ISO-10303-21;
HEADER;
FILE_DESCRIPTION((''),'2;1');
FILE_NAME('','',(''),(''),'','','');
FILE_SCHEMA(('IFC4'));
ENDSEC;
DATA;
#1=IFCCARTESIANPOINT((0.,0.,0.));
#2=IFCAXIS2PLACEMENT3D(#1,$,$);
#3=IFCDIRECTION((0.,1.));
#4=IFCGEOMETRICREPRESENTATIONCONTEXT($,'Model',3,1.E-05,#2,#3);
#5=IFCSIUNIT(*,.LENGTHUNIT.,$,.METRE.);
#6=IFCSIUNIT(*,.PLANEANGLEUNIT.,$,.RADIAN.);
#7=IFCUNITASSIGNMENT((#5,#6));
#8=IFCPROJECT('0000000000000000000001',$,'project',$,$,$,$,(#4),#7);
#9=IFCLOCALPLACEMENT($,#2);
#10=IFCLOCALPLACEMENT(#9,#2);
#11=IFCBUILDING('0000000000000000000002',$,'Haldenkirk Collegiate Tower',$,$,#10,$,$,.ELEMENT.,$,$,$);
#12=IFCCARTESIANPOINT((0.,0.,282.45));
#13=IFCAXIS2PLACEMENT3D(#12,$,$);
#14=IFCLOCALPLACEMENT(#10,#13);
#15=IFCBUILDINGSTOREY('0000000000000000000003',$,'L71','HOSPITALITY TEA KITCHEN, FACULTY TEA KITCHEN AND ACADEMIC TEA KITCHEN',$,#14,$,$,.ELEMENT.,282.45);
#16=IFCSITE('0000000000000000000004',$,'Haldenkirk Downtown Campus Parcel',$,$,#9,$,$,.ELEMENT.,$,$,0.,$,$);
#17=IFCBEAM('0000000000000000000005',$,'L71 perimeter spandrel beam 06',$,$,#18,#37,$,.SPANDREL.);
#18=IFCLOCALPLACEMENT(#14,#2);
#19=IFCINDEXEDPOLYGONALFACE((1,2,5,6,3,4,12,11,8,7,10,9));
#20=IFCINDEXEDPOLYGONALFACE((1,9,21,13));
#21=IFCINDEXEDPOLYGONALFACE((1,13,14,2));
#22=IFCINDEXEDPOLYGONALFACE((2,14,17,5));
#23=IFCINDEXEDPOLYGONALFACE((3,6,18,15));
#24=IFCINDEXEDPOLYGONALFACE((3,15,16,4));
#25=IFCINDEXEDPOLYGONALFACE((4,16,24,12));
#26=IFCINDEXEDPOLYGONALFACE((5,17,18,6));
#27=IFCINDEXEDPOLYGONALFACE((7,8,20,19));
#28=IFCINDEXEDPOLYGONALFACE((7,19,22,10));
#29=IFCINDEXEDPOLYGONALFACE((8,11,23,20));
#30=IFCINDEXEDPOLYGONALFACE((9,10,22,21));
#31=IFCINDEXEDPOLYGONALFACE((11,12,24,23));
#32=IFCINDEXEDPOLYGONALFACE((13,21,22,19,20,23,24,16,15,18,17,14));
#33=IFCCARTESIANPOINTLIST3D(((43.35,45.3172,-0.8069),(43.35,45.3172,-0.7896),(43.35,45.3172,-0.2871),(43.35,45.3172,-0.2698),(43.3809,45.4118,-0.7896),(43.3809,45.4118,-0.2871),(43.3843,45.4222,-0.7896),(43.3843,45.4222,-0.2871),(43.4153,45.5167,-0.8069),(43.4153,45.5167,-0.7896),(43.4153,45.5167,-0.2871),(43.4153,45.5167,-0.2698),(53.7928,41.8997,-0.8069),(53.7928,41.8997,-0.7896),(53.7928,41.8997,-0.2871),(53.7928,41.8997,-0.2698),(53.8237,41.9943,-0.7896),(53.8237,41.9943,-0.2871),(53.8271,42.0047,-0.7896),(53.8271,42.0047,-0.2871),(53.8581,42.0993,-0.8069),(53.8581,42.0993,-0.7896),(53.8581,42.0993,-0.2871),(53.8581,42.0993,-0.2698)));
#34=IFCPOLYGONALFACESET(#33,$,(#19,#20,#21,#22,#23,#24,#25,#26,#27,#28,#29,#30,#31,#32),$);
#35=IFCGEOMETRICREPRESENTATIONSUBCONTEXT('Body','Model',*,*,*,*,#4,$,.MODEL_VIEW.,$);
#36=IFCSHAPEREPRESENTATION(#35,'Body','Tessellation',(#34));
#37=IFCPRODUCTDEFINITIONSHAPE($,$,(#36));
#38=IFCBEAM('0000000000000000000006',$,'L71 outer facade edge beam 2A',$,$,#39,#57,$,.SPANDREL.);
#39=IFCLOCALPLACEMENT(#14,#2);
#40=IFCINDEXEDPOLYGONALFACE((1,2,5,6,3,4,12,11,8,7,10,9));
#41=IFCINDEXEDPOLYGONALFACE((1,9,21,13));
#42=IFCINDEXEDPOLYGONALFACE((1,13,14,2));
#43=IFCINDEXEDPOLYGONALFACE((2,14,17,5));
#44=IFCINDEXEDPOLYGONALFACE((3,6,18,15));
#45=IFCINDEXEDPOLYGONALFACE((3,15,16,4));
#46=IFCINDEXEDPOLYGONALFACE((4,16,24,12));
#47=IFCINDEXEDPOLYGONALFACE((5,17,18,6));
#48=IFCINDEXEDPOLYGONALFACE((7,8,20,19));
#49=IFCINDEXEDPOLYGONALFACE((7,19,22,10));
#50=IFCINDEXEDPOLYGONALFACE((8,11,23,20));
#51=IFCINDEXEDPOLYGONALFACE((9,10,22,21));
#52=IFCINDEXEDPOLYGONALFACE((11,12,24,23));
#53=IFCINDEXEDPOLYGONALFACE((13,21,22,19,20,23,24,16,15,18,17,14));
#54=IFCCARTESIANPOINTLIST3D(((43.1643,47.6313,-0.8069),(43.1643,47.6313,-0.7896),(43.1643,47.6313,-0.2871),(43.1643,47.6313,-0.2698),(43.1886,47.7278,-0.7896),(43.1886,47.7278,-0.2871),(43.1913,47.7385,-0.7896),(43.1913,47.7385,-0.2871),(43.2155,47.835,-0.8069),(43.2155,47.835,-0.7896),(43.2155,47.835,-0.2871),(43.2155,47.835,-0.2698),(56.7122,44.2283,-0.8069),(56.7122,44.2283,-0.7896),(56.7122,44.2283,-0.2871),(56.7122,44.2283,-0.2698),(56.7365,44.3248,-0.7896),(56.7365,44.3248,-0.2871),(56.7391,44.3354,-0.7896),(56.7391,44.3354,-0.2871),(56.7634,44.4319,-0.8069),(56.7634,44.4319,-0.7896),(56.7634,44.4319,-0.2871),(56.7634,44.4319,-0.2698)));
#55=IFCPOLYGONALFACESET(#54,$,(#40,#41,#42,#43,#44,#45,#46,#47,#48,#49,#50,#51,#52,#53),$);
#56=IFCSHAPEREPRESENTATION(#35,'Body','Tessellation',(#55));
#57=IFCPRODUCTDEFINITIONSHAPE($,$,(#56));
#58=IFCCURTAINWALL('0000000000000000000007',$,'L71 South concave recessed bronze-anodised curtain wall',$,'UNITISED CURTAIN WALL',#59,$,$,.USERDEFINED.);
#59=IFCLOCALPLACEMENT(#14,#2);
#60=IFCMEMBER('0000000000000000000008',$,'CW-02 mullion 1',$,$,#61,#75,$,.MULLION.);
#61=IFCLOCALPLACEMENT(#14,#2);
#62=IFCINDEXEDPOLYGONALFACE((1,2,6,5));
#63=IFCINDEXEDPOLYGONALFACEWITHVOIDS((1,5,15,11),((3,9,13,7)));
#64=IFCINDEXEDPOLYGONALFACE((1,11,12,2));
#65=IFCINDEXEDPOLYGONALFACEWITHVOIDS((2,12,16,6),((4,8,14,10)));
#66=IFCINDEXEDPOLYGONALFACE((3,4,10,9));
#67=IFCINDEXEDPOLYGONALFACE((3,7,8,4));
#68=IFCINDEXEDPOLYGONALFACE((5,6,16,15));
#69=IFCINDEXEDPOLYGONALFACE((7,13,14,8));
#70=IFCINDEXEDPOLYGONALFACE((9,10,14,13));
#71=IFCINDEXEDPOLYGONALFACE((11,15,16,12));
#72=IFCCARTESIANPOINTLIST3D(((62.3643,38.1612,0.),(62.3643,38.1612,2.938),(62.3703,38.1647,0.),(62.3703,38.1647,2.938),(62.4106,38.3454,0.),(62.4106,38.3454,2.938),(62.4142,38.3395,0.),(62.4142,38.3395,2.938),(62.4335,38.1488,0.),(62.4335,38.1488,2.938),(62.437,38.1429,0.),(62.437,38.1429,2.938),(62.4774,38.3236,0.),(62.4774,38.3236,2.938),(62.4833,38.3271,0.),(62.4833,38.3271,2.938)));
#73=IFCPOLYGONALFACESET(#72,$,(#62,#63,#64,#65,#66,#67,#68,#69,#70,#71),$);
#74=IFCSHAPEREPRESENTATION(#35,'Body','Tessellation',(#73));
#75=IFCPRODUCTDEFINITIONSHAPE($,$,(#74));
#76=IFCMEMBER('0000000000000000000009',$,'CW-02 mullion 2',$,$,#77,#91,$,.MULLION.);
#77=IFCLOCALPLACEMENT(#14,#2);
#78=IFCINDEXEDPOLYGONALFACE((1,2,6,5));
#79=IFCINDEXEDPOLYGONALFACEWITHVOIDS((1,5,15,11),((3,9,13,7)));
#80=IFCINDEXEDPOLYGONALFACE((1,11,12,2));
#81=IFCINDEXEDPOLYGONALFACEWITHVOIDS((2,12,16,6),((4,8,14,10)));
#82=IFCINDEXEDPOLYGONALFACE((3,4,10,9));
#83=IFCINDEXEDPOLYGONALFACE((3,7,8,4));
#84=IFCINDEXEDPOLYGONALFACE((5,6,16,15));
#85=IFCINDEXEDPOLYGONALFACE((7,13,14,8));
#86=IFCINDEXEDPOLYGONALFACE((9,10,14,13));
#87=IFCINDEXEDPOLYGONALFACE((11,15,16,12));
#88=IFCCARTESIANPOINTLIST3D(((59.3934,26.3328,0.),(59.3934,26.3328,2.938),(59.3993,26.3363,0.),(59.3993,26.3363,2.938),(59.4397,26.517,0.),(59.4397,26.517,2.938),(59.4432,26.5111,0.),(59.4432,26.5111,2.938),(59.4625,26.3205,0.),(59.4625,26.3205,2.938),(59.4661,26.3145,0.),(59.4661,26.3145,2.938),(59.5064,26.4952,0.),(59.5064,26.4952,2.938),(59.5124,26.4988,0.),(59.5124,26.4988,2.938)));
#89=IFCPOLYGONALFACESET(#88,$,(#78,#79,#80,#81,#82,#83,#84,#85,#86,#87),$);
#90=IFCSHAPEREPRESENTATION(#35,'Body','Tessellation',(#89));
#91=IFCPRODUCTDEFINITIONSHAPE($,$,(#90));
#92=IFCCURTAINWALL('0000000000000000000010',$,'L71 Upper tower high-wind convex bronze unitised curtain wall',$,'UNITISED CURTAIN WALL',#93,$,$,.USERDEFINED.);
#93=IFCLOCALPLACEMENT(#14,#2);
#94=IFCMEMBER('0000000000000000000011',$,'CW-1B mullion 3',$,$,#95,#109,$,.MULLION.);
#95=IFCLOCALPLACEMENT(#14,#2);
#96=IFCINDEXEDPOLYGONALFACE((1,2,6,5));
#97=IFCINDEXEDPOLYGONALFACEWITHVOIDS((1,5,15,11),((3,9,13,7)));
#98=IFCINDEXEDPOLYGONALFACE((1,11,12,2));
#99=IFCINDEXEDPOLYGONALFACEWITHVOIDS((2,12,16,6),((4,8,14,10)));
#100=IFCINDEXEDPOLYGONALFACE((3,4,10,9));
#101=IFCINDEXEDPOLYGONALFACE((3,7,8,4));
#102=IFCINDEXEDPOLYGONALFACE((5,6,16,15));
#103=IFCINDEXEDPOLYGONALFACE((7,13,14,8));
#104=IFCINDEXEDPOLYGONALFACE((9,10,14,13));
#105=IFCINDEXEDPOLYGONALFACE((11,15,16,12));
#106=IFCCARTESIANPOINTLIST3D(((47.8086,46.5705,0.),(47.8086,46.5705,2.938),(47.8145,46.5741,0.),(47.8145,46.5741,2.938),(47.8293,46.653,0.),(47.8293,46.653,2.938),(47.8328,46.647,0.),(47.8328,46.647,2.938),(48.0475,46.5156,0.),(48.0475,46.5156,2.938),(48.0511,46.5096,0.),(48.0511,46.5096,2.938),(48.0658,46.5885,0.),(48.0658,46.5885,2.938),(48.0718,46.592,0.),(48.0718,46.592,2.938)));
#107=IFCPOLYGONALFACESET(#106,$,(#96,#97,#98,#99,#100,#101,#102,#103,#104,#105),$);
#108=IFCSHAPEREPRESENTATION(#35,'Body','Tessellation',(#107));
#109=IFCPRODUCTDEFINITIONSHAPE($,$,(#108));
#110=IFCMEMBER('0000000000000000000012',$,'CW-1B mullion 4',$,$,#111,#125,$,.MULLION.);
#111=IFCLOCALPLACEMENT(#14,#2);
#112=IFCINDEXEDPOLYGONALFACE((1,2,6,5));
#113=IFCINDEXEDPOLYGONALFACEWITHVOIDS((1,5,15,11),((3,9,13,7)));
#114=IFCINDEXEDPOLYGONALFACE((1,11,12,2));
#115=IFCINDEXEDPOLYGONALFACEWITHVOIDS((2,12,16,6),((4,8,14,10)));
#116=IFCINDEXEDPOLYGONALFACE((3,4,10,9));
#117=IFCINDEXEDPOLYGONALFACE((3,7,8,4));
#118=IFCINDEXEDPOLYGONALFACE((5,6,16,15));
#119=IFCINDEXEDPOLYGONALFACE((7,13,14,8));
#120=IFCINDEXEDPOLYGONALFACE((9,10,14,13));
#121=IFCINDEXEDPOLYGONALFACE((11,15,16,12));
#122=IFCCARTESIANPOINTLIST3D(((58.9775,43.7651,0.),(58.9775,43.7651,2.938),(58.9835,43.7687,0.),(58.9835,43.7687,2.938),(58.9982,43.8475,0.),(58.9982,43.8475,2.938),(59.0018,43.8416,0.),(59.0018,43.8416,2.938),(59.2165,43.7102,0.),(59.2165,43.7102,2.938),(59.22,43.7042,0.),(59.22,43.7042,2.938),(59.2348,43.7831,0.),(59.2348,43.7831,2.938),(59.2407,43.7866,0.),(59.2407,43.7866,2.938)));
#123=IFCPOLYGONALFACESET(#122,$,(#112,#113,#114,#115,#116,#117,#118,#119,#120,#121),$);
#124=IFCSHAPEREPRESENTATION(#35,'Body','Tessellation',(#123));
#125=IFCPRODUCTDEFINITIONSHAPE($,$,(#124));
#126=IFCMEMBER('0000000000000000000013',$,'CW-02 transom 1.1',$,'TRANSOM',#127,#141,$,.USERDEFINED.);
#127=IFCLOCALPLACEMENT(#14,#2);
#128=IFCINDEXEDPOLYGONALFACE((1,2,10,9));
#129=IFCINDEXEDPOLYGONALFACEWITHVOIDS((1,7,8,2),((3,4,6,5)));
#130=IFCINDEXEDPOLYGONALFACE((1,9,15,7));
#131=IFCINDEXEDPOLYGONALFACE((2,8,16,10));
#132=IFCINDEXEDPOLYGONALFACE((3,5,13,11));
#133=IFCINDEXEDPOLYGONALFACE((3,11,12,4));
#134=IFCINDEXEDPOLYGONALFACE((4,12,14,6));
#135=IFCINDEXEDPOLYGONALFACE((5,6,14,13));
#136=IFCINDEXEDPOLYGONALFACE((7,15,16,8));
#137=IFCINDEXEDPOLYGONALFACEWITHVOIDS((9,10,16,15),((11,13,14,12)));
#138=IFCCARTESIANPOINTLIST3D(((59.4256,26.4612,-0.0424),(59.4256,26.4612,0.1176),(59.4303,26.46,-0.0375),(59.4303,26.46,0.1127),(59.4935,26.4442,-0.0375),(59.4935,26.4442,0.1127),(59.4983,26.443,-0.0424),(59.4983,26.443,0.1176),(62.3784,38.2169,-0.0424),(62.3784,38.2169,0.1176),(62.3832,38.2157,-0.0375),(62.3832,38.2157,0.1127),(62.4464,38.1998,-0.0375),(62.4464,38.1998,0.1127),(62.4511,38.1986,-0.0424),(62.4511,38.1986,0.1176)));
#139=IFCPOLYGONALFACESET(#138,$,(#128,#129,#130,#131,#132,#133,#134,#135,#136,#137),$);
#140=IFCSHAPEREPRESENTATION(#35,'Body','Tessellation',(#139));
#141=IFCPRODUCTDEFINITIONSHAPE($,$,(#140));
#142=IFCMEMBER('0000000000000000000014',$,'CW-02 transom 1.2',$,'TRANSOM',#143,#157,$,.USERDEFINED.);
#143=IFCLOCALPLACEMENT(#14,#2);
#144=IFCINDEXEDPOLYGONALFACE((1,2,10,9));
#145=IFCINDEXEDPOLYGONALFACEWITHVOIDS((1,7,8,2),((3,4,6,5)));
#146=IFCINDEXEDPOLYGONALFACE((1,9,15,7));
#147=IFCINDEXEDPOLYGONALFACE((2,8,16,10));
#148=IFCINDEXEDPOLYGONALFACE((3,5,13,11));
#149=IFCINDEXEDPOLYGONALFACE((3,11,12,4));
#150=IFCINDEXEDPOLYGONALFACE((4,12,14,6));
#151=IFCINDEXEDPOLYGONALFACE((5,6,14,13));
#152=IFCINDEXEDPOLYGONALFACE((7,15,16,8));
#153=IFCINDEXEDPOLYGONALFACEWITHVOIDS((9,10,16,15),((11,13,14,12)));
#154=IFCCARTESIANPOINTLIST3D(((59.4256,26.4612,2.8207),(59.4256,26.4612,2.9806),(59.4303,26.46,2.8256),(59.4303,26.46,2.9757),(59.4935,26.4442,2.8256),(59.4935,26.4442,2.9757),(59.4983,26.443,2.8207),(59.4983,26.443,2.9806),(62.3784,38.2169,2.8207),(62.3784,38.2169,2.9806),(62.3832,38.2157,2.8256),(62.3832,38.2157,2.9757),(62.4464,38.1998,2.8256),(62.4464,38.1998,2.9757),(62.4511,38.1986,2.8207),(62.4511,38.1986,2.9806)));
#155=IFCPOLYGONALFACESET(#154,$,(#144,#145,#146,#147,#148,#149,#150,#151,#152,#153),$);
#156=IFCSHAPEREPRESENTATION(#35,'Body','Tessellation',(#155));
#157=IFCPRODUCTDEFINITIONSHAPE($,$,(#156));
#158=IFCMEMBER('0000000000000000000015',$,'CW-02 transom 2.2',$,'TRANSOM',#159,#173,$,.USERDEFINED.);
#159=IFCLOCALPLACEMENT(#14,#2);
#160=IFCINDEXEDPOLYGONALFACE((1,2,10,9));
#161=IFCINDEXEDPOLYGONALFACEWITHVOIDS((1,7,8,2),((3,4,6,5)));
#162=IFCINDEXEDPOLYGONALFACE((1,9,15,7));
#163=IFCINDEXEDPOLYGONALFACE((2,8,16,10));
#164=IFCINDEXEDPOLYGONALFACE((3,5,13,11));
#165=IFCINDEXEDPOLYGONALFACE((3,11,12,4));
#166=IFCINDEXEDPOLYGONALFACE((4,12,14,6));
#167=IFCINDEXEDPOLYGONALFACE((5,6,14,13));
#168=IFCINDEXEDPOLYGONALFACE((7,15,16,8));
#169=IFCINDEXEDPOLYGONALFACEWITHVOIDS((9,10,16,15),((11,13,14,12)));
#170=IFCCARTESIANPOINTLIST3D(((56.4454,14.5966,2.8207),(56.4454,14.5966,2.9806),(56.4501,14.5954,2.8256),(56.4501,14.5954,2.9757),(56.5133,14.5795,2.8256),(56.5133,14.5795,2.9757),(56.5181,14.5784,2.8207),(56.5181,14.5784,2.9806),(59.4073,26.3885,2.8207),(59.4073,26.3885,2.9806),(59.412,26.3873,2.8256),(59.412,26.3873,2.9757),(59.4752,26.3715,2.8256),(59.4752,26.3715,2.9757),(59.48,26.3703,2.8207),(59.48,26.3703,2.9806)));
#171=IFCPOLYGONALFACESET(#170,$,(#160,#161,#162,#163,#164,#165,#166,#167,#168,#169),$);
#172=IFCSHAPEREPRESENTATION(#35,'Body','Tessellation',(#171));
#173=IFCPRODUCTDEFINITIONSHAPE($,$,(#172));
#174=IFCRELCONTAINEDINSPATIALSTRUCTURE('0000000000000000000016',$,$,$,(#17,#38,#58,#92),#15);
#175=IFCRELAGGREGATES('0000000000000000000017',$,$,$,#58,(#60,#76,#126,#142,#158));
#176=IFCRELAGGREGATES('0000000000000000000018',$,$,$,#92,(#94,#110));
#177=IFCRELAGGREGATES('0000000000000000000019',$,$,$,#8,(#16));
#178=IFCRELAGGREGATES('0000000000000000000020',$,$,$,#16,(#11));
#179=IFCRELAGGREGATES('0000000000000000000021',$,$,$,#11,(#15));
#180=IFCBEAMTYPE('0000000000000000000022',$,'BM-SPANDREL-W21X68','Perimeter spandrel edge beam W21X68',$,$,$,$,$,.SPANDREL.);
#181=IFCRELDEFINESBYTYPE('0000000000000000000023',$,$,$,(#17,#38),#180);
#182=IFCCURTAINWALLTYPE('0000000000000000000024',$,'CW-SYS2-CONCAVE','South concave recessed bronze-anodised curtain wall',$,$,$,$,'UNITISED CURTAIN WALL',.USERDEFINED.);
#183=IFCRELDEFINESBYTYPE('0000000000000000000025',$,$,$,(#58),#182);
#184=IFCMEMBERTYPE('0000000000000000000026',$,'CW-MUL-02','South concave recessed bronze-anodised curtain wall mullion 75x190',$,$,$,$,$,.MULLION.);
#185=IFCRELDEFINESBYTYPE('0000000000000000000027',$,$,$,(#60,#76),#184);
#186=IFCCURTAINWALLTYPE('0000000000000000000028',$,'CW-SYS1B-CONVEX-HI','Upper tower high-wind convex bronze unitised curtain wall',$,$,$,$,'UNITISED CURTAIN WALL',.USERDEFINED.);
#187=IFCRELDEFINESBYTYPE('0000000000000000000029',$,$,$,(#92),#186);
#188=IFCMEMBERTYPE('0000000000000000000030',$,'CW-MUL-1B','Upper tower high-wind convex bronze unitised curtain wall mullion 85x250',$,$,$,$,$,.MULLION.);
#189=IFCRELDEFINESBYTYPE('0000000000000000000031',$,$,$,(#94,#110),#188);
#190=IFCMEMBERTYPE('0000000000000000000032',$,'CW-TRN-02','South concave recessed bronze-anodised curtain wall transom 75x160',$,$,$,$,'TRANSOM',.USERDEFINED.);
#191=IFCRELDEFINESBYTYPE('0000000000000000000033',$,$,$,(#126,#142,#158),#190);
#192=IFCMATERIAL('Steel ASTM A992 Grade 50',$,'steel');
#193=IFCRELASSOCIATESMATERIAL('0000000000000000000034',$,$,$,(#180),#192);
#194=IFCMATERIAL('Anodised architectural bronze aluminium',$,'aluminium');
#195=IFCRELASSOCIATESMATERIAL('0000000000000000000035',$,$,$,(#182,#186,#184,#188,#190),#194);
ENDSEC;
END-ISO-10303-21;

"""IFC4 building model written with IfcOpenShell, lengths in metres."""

from ifc_helpers import new_model, si_unit, direction, frame, origin, origin_2d, place, context, subcontext, project, spatial, hollow_rectangle, i_section, extrude, material, material_profile, profile_set, type_object, element, aggregate, save


model = new_model("IFC4")

# Units and contexts
model_context = context("Model", 3, precision=1e-05, world=origin(), true_north=direction((0.0, 1.0)))
body_context = subcontext(model_context, "Body", "Model", "MODEL_VIEW")
ifc_project = project(units=[si_unit("LENGTHUNIT", "METRE"), si_unit("PLANEANGLEUNIT", "RADIAN")], contexts=[model_context])

# Site, building, storey
site_placement = place(None, origin())
site = spatial("IfcSite", under=ifc_project, at=site_placement, Name="Haldenkirk Downtown Campus Parcel", CompositionType="ELEMENT", RefElevation=0.0)
building_placement = place(site_placement, origin())
building = spatial("IfcBuilding", under=site, at=building_placement, Name="Haldenkirk Collegiate Tower", CompositionType="ELEMENT")
storey_placement = place(building_placement, frame((0.0, 0.0, 282.45)))
storey = spatial("IfcBuildingStorey", under=building, at=storey_placement, Name="L71", Description="HOSPITALITY TEA KITCHEN, FACULTY TEA KITCHEN AND ACADEMIC TEA KITCHEN", CompositionType="ELEMENT", Elevation=282.45)

# Beams
ifc_material_1 = material(Name="Steel ASTM A992 Grade 50", Category="steel")
ifc_material_profile_1 = material_profile(ifc_material_1, i_section(OverallWidth=0.21, OverallDepth=0.5371, WebThickness=0.011, FlangeThickness=0.0173, at=origin_2d()), Name="W21X68")
ifc_profile_set_1 = profile_set([ifc_material_profile_1], Name="Steel ASTM A992 Grade 50")
beam_type_1 = type_object("IfcBeamType", Name="BM-SPANDREL-W21X68", Description="Perimeter spandrel edge beam W21X68", PredefinedType="SPANDREL", material=ifc_profile_set_1)
beam_1_placement = place(storey_placement, frame((53.8254, 41.9995, -0.5383), z_axis=(-0.950402, 0.311024, 0.0), x_axis=(-0.311024, -0.950402, 0.0)))
element("IfcBeam", 1, at=beam_1_placement, inside=storey, type_object=beam_type_1, Name="L71 perimeter spandrel beam 06", PredefinedType="SPANDREL", context=body_context, shape_type="SweptSolid", body=[
    extrude(i_section(OverallWidth=0.21, OverallDepth=0.5371, WebThickness=0.011, FlangeThickness=0.0173, at=origin_2d()), origin(), (0.0, 0.0, 1.0), 10.9878),
])
beam_2_placement = place(storey_placement, frame((56.7378, 44.3301, -0.5383), z_axis=(-0.96987, 0.243621, 0.0), x_axis=(-0.243621, -0.96987, 0.0)))
element("IfcBeam", 2, at=beam_2_placement, inside=storey, type_object=beam_type_1, Name="L71 outer facade edge beam 2A", PredefinedType="SPANDREL", context=body_context, shape_type="SweptSolid", body=[
    extrude(i_section(OverallWidth=0.21, OverallDepth=0.5371, WebThickness=0.011, FlangeThickness=0.0173, at=origin_2d()), origin(), (0.0, 0.0, 1.0), 13.9688),
])

# Curtain walls, members
ifc_material_2 = material(Name="Anodised architectural bronze aluminium", Category="aluminium")
curtain_wall_type_1 = type_object("IfcCurtainWallType", Name="CW-SYS2-CONCAVE", Description="South concave recessed bronze-anodised curtain wall", ElementType="UNITISED CURTAIN WALL", PredefinedType="USERDEFINED", material=ifc_material_2)
curtain_wall_1_placement = place(storey_placement, origin())
curtain_wall_1 = element("IfcCurtainWall", 3, at=curtain_wall_1_placement, inside=storey, type_object=curtain_wall_type_1, Name="L71 South concave recessed bronze-anodised curtain wall", ObjectType="UNITISED CURTAIN WALL", PredefinedType="USERDEFINED")
ifc_material_profile_2 = material_profile(ifc_material_2, hollow_rectangle(XDim=0.075, YDim=0.1899, WallThickness=0.0049, at=origin_2d()), Name="CW-MUL-02")
ifc_profile_set_2 = profile_set([ifc_material_profile_2], Name="Anodised architectural bronze aluminium")
member_type_1 = type_object("IfcMemberType", Name="CW-MUL-02", Description="South concave recessed bronze-anodised curtain wall mullion 75x190", PredefinedType="MULLION", material=ifc_profile_set_2)
member_1_placement = place(storey_placement, frame((62.4238, 38.2441, 0.0), z_axis=(0.0, 0.0, 1.0), x_axis=(0.969872, -0.243614, 0.0)))
member_1 = element("IfcMember", 4, at=member_1_placement, type_object=member_type_1, Name="CW-02 mullion 1", PredefinedType="MULLION", context=body_context, shape_type="SweptSolid", body=[
    extrude(hollow_rectangle(XDim=0.075, YDim=0.1899, WallThickness=0.0049, at=origin_2d()), origin(), (0.0, 0.0, 1.0), 2.938),
])
member_2_placement = place(storey_placement, frame((59.4529, 26.4158, 0.0), z_axis=(0.0, 0.0, 1.0), x_axis=(0.969872, -0.243614, 0.0)))
member_2 = element("IfcMember", 5, at=member_2_placement, type_object=member_type_1, Name="CW-02 mullion 2", PredefinedType="MULLION", context=body_context, shape_type="SweptSolid", body=[
    extrude(hollow_rectangle(XDim=0.075, YDim=0.1899, WallThickness=0.0049, at=origin_2d()), origin(), (0.0, 0.0, 1.0), 2.938),
])
curtain_wall_type_2 = type_object("IfcCurtainWallType", Name="CW-SYS1B-CONVEX-HI", Description="Upper tower high-wind convex bronze unitised curtain wall", ElementType="UNITISED CURTAIN WALL", PredefinedType="USERDEFINED", material=ifc_material_2)
curtain_wall_2_placement = place(storey_placement, origin())
curtain_wall_2 = element("IfcCurtainWall", 6, at=curtain_wall_2_placement, inside=storey, type_object=curtain_wall_type_2, Name="L71 Upper tower high-wind convex bronze unitised curtain wall", ObjectType="UNITISED CURTAIN WALL", PredefinedType="USERDEFINED")
ifc_material_profile_3 = material_profile(ifc_material_2, hollow_rectangle(XDim=0.085, YDim=0.25, WallThickness=0.0049, at=origin_2d()), Name="CW-MUL-1B")
ifc_profile_set_3 = profile_set([ifc_material_profile_3], Name="Anodised architectural bronze aluminium")
member_type_2 = type_object("IfcMemberType", Name="CW-MUL-1B", Description="Upper tower high-wind convex bronze unitised curtain wall mullion 85x250", PredefinedType="MULLION", material=ifc_profile_set_3)
member_3_placement = place(storey_placement, frame((47.9402, 46.5813, 0.0), z_axis=(0.0, 0.0, 1.0), x_axis=(0.243612, 0.969873, 0.0)))
member_3 = element("IfcMember", 7, at=member_3_placement, type_object=member_type_2, Name="CW-1B mullion 3", PredefinedType="MULLION", context=body_context, shape_type="SweptSolid", body=[
    extrude(hollow_rectangle(XDim=0.085, YDim=0.25, WallThickness=0.0049, at=origin_2d()), origin(), (0.0, 0.0, 1.0), 2.938),
])
member_4_placement = place(storey_placement, frame((59.1091, 43.7759, 0.0), z_axis=(0.0, 0.0, 1.0), x_axis=(0.243612, 0.969873, 0.0)))
member_4 = element("IfcMember", 8, at=member_4_placement, type_object=member_type_2, Name="CW-1B mullion 4", PredefinedType="MULLION", context=body_context, shape_type="SweptSolid", body=[
    extrude(hollow_rectangle(XDim=0.085, YDim=0.25, WallThickness=0.0049, at=origin_2d()), origin(), (0.0, 0.0, 1.0), 2.938),
])

# Members
ifc_material_profile_4 = material_profile(ifc_material_2, hollow_rectangle(XDim=0.075, YDim=0.1599, WallThickness=0.0049, at=origin_2d()), Name="CW-TRN-02")
ifc_profile_set_4 = profile_set([ifc_material_profile_4], Name="Anodised architectural bronze aluminium")
member_type_3 = type_object("IfcMemberType", Name="CW-TRN-02", Description="South concave recessed bronze-anodised curtain wall transom 75x160", ElementType="TRANSOM", PredefinedType="USERDEFINED", material=ifc_profile_set_4)
member_5_placement = place(storey_placement, frame((62.4148, 38.2078, 0.0376), z_axis=(-0.243621, -0.969871, 0.0), x_axis=(0.969871, -0.243621, 0.0)))
member_5 = element("IfcMember", 9, at=member_5_placement, type_object=member_type_3, Name="CW-02 transom 1.1", ObjectType="TRANSOM", PredefinedType="USERDEFINED", context=body_context, shape_type="SweptSolid", body=[
    extrude(hollow_rectangle(XDim=0.075, YDim=0.1599, WallThickness=0.0049, at=origin_2d()), origin(), (0.0, 0.0, 1.0), 12.1208),
])
member_6_placement = place(storey_placement, frame((62.4148, 38.2078, 2.9006), z_axis=(-0.243621, -0.969871, 0.0), x_axis=(0.969871, -0.243621, 0.0)))
member_6 = element("IfcMember", 10, at=member_6_placement, type_object=member_type_3, Name="CW-02 transom 1.2", ObjectType="TRANSOM", PredefinedType="USERDEFINED", context=body_context, shape_type="SweptSolid", body=[
    extrude(hollow_rectangle(XDim=0.075, YDim=0.1599, WallThickness=0.0049, at=origin_2d()), origin(), (0.0, 0.0, 1.0), 12.1208),
])
member_7_placement = place(storey_placement, frame((59.4436, 26.3794, 2.9006), z_axis=(-0.243613, -0.969873, 0.0), x_axis=(0.969873, -0.243613, 0.0)))
member_7 = element("IfcMember", 11, at=member_7_placement, type_object=member_type_3, Name="CW-02 transom 2.2", ObjectType="TRANSOM", PredefinedType="USERDEFINED", context=body_context, shape_type="SweptSolid", body=[
    extrude(hollow_rectangle(XDim=0.075, YDim=0.1599, WallThickness=0.0049, at=origin_2d()), origin(), (0.0, 0.0, 1.0), 12.1582),
])

aggregate(curtain_wall_1, [member_1, member_2, member_5, member_6, member_7])
aggregate(curtain_wall_2, [member_3, member_4])

save(model, "model.ifc")
